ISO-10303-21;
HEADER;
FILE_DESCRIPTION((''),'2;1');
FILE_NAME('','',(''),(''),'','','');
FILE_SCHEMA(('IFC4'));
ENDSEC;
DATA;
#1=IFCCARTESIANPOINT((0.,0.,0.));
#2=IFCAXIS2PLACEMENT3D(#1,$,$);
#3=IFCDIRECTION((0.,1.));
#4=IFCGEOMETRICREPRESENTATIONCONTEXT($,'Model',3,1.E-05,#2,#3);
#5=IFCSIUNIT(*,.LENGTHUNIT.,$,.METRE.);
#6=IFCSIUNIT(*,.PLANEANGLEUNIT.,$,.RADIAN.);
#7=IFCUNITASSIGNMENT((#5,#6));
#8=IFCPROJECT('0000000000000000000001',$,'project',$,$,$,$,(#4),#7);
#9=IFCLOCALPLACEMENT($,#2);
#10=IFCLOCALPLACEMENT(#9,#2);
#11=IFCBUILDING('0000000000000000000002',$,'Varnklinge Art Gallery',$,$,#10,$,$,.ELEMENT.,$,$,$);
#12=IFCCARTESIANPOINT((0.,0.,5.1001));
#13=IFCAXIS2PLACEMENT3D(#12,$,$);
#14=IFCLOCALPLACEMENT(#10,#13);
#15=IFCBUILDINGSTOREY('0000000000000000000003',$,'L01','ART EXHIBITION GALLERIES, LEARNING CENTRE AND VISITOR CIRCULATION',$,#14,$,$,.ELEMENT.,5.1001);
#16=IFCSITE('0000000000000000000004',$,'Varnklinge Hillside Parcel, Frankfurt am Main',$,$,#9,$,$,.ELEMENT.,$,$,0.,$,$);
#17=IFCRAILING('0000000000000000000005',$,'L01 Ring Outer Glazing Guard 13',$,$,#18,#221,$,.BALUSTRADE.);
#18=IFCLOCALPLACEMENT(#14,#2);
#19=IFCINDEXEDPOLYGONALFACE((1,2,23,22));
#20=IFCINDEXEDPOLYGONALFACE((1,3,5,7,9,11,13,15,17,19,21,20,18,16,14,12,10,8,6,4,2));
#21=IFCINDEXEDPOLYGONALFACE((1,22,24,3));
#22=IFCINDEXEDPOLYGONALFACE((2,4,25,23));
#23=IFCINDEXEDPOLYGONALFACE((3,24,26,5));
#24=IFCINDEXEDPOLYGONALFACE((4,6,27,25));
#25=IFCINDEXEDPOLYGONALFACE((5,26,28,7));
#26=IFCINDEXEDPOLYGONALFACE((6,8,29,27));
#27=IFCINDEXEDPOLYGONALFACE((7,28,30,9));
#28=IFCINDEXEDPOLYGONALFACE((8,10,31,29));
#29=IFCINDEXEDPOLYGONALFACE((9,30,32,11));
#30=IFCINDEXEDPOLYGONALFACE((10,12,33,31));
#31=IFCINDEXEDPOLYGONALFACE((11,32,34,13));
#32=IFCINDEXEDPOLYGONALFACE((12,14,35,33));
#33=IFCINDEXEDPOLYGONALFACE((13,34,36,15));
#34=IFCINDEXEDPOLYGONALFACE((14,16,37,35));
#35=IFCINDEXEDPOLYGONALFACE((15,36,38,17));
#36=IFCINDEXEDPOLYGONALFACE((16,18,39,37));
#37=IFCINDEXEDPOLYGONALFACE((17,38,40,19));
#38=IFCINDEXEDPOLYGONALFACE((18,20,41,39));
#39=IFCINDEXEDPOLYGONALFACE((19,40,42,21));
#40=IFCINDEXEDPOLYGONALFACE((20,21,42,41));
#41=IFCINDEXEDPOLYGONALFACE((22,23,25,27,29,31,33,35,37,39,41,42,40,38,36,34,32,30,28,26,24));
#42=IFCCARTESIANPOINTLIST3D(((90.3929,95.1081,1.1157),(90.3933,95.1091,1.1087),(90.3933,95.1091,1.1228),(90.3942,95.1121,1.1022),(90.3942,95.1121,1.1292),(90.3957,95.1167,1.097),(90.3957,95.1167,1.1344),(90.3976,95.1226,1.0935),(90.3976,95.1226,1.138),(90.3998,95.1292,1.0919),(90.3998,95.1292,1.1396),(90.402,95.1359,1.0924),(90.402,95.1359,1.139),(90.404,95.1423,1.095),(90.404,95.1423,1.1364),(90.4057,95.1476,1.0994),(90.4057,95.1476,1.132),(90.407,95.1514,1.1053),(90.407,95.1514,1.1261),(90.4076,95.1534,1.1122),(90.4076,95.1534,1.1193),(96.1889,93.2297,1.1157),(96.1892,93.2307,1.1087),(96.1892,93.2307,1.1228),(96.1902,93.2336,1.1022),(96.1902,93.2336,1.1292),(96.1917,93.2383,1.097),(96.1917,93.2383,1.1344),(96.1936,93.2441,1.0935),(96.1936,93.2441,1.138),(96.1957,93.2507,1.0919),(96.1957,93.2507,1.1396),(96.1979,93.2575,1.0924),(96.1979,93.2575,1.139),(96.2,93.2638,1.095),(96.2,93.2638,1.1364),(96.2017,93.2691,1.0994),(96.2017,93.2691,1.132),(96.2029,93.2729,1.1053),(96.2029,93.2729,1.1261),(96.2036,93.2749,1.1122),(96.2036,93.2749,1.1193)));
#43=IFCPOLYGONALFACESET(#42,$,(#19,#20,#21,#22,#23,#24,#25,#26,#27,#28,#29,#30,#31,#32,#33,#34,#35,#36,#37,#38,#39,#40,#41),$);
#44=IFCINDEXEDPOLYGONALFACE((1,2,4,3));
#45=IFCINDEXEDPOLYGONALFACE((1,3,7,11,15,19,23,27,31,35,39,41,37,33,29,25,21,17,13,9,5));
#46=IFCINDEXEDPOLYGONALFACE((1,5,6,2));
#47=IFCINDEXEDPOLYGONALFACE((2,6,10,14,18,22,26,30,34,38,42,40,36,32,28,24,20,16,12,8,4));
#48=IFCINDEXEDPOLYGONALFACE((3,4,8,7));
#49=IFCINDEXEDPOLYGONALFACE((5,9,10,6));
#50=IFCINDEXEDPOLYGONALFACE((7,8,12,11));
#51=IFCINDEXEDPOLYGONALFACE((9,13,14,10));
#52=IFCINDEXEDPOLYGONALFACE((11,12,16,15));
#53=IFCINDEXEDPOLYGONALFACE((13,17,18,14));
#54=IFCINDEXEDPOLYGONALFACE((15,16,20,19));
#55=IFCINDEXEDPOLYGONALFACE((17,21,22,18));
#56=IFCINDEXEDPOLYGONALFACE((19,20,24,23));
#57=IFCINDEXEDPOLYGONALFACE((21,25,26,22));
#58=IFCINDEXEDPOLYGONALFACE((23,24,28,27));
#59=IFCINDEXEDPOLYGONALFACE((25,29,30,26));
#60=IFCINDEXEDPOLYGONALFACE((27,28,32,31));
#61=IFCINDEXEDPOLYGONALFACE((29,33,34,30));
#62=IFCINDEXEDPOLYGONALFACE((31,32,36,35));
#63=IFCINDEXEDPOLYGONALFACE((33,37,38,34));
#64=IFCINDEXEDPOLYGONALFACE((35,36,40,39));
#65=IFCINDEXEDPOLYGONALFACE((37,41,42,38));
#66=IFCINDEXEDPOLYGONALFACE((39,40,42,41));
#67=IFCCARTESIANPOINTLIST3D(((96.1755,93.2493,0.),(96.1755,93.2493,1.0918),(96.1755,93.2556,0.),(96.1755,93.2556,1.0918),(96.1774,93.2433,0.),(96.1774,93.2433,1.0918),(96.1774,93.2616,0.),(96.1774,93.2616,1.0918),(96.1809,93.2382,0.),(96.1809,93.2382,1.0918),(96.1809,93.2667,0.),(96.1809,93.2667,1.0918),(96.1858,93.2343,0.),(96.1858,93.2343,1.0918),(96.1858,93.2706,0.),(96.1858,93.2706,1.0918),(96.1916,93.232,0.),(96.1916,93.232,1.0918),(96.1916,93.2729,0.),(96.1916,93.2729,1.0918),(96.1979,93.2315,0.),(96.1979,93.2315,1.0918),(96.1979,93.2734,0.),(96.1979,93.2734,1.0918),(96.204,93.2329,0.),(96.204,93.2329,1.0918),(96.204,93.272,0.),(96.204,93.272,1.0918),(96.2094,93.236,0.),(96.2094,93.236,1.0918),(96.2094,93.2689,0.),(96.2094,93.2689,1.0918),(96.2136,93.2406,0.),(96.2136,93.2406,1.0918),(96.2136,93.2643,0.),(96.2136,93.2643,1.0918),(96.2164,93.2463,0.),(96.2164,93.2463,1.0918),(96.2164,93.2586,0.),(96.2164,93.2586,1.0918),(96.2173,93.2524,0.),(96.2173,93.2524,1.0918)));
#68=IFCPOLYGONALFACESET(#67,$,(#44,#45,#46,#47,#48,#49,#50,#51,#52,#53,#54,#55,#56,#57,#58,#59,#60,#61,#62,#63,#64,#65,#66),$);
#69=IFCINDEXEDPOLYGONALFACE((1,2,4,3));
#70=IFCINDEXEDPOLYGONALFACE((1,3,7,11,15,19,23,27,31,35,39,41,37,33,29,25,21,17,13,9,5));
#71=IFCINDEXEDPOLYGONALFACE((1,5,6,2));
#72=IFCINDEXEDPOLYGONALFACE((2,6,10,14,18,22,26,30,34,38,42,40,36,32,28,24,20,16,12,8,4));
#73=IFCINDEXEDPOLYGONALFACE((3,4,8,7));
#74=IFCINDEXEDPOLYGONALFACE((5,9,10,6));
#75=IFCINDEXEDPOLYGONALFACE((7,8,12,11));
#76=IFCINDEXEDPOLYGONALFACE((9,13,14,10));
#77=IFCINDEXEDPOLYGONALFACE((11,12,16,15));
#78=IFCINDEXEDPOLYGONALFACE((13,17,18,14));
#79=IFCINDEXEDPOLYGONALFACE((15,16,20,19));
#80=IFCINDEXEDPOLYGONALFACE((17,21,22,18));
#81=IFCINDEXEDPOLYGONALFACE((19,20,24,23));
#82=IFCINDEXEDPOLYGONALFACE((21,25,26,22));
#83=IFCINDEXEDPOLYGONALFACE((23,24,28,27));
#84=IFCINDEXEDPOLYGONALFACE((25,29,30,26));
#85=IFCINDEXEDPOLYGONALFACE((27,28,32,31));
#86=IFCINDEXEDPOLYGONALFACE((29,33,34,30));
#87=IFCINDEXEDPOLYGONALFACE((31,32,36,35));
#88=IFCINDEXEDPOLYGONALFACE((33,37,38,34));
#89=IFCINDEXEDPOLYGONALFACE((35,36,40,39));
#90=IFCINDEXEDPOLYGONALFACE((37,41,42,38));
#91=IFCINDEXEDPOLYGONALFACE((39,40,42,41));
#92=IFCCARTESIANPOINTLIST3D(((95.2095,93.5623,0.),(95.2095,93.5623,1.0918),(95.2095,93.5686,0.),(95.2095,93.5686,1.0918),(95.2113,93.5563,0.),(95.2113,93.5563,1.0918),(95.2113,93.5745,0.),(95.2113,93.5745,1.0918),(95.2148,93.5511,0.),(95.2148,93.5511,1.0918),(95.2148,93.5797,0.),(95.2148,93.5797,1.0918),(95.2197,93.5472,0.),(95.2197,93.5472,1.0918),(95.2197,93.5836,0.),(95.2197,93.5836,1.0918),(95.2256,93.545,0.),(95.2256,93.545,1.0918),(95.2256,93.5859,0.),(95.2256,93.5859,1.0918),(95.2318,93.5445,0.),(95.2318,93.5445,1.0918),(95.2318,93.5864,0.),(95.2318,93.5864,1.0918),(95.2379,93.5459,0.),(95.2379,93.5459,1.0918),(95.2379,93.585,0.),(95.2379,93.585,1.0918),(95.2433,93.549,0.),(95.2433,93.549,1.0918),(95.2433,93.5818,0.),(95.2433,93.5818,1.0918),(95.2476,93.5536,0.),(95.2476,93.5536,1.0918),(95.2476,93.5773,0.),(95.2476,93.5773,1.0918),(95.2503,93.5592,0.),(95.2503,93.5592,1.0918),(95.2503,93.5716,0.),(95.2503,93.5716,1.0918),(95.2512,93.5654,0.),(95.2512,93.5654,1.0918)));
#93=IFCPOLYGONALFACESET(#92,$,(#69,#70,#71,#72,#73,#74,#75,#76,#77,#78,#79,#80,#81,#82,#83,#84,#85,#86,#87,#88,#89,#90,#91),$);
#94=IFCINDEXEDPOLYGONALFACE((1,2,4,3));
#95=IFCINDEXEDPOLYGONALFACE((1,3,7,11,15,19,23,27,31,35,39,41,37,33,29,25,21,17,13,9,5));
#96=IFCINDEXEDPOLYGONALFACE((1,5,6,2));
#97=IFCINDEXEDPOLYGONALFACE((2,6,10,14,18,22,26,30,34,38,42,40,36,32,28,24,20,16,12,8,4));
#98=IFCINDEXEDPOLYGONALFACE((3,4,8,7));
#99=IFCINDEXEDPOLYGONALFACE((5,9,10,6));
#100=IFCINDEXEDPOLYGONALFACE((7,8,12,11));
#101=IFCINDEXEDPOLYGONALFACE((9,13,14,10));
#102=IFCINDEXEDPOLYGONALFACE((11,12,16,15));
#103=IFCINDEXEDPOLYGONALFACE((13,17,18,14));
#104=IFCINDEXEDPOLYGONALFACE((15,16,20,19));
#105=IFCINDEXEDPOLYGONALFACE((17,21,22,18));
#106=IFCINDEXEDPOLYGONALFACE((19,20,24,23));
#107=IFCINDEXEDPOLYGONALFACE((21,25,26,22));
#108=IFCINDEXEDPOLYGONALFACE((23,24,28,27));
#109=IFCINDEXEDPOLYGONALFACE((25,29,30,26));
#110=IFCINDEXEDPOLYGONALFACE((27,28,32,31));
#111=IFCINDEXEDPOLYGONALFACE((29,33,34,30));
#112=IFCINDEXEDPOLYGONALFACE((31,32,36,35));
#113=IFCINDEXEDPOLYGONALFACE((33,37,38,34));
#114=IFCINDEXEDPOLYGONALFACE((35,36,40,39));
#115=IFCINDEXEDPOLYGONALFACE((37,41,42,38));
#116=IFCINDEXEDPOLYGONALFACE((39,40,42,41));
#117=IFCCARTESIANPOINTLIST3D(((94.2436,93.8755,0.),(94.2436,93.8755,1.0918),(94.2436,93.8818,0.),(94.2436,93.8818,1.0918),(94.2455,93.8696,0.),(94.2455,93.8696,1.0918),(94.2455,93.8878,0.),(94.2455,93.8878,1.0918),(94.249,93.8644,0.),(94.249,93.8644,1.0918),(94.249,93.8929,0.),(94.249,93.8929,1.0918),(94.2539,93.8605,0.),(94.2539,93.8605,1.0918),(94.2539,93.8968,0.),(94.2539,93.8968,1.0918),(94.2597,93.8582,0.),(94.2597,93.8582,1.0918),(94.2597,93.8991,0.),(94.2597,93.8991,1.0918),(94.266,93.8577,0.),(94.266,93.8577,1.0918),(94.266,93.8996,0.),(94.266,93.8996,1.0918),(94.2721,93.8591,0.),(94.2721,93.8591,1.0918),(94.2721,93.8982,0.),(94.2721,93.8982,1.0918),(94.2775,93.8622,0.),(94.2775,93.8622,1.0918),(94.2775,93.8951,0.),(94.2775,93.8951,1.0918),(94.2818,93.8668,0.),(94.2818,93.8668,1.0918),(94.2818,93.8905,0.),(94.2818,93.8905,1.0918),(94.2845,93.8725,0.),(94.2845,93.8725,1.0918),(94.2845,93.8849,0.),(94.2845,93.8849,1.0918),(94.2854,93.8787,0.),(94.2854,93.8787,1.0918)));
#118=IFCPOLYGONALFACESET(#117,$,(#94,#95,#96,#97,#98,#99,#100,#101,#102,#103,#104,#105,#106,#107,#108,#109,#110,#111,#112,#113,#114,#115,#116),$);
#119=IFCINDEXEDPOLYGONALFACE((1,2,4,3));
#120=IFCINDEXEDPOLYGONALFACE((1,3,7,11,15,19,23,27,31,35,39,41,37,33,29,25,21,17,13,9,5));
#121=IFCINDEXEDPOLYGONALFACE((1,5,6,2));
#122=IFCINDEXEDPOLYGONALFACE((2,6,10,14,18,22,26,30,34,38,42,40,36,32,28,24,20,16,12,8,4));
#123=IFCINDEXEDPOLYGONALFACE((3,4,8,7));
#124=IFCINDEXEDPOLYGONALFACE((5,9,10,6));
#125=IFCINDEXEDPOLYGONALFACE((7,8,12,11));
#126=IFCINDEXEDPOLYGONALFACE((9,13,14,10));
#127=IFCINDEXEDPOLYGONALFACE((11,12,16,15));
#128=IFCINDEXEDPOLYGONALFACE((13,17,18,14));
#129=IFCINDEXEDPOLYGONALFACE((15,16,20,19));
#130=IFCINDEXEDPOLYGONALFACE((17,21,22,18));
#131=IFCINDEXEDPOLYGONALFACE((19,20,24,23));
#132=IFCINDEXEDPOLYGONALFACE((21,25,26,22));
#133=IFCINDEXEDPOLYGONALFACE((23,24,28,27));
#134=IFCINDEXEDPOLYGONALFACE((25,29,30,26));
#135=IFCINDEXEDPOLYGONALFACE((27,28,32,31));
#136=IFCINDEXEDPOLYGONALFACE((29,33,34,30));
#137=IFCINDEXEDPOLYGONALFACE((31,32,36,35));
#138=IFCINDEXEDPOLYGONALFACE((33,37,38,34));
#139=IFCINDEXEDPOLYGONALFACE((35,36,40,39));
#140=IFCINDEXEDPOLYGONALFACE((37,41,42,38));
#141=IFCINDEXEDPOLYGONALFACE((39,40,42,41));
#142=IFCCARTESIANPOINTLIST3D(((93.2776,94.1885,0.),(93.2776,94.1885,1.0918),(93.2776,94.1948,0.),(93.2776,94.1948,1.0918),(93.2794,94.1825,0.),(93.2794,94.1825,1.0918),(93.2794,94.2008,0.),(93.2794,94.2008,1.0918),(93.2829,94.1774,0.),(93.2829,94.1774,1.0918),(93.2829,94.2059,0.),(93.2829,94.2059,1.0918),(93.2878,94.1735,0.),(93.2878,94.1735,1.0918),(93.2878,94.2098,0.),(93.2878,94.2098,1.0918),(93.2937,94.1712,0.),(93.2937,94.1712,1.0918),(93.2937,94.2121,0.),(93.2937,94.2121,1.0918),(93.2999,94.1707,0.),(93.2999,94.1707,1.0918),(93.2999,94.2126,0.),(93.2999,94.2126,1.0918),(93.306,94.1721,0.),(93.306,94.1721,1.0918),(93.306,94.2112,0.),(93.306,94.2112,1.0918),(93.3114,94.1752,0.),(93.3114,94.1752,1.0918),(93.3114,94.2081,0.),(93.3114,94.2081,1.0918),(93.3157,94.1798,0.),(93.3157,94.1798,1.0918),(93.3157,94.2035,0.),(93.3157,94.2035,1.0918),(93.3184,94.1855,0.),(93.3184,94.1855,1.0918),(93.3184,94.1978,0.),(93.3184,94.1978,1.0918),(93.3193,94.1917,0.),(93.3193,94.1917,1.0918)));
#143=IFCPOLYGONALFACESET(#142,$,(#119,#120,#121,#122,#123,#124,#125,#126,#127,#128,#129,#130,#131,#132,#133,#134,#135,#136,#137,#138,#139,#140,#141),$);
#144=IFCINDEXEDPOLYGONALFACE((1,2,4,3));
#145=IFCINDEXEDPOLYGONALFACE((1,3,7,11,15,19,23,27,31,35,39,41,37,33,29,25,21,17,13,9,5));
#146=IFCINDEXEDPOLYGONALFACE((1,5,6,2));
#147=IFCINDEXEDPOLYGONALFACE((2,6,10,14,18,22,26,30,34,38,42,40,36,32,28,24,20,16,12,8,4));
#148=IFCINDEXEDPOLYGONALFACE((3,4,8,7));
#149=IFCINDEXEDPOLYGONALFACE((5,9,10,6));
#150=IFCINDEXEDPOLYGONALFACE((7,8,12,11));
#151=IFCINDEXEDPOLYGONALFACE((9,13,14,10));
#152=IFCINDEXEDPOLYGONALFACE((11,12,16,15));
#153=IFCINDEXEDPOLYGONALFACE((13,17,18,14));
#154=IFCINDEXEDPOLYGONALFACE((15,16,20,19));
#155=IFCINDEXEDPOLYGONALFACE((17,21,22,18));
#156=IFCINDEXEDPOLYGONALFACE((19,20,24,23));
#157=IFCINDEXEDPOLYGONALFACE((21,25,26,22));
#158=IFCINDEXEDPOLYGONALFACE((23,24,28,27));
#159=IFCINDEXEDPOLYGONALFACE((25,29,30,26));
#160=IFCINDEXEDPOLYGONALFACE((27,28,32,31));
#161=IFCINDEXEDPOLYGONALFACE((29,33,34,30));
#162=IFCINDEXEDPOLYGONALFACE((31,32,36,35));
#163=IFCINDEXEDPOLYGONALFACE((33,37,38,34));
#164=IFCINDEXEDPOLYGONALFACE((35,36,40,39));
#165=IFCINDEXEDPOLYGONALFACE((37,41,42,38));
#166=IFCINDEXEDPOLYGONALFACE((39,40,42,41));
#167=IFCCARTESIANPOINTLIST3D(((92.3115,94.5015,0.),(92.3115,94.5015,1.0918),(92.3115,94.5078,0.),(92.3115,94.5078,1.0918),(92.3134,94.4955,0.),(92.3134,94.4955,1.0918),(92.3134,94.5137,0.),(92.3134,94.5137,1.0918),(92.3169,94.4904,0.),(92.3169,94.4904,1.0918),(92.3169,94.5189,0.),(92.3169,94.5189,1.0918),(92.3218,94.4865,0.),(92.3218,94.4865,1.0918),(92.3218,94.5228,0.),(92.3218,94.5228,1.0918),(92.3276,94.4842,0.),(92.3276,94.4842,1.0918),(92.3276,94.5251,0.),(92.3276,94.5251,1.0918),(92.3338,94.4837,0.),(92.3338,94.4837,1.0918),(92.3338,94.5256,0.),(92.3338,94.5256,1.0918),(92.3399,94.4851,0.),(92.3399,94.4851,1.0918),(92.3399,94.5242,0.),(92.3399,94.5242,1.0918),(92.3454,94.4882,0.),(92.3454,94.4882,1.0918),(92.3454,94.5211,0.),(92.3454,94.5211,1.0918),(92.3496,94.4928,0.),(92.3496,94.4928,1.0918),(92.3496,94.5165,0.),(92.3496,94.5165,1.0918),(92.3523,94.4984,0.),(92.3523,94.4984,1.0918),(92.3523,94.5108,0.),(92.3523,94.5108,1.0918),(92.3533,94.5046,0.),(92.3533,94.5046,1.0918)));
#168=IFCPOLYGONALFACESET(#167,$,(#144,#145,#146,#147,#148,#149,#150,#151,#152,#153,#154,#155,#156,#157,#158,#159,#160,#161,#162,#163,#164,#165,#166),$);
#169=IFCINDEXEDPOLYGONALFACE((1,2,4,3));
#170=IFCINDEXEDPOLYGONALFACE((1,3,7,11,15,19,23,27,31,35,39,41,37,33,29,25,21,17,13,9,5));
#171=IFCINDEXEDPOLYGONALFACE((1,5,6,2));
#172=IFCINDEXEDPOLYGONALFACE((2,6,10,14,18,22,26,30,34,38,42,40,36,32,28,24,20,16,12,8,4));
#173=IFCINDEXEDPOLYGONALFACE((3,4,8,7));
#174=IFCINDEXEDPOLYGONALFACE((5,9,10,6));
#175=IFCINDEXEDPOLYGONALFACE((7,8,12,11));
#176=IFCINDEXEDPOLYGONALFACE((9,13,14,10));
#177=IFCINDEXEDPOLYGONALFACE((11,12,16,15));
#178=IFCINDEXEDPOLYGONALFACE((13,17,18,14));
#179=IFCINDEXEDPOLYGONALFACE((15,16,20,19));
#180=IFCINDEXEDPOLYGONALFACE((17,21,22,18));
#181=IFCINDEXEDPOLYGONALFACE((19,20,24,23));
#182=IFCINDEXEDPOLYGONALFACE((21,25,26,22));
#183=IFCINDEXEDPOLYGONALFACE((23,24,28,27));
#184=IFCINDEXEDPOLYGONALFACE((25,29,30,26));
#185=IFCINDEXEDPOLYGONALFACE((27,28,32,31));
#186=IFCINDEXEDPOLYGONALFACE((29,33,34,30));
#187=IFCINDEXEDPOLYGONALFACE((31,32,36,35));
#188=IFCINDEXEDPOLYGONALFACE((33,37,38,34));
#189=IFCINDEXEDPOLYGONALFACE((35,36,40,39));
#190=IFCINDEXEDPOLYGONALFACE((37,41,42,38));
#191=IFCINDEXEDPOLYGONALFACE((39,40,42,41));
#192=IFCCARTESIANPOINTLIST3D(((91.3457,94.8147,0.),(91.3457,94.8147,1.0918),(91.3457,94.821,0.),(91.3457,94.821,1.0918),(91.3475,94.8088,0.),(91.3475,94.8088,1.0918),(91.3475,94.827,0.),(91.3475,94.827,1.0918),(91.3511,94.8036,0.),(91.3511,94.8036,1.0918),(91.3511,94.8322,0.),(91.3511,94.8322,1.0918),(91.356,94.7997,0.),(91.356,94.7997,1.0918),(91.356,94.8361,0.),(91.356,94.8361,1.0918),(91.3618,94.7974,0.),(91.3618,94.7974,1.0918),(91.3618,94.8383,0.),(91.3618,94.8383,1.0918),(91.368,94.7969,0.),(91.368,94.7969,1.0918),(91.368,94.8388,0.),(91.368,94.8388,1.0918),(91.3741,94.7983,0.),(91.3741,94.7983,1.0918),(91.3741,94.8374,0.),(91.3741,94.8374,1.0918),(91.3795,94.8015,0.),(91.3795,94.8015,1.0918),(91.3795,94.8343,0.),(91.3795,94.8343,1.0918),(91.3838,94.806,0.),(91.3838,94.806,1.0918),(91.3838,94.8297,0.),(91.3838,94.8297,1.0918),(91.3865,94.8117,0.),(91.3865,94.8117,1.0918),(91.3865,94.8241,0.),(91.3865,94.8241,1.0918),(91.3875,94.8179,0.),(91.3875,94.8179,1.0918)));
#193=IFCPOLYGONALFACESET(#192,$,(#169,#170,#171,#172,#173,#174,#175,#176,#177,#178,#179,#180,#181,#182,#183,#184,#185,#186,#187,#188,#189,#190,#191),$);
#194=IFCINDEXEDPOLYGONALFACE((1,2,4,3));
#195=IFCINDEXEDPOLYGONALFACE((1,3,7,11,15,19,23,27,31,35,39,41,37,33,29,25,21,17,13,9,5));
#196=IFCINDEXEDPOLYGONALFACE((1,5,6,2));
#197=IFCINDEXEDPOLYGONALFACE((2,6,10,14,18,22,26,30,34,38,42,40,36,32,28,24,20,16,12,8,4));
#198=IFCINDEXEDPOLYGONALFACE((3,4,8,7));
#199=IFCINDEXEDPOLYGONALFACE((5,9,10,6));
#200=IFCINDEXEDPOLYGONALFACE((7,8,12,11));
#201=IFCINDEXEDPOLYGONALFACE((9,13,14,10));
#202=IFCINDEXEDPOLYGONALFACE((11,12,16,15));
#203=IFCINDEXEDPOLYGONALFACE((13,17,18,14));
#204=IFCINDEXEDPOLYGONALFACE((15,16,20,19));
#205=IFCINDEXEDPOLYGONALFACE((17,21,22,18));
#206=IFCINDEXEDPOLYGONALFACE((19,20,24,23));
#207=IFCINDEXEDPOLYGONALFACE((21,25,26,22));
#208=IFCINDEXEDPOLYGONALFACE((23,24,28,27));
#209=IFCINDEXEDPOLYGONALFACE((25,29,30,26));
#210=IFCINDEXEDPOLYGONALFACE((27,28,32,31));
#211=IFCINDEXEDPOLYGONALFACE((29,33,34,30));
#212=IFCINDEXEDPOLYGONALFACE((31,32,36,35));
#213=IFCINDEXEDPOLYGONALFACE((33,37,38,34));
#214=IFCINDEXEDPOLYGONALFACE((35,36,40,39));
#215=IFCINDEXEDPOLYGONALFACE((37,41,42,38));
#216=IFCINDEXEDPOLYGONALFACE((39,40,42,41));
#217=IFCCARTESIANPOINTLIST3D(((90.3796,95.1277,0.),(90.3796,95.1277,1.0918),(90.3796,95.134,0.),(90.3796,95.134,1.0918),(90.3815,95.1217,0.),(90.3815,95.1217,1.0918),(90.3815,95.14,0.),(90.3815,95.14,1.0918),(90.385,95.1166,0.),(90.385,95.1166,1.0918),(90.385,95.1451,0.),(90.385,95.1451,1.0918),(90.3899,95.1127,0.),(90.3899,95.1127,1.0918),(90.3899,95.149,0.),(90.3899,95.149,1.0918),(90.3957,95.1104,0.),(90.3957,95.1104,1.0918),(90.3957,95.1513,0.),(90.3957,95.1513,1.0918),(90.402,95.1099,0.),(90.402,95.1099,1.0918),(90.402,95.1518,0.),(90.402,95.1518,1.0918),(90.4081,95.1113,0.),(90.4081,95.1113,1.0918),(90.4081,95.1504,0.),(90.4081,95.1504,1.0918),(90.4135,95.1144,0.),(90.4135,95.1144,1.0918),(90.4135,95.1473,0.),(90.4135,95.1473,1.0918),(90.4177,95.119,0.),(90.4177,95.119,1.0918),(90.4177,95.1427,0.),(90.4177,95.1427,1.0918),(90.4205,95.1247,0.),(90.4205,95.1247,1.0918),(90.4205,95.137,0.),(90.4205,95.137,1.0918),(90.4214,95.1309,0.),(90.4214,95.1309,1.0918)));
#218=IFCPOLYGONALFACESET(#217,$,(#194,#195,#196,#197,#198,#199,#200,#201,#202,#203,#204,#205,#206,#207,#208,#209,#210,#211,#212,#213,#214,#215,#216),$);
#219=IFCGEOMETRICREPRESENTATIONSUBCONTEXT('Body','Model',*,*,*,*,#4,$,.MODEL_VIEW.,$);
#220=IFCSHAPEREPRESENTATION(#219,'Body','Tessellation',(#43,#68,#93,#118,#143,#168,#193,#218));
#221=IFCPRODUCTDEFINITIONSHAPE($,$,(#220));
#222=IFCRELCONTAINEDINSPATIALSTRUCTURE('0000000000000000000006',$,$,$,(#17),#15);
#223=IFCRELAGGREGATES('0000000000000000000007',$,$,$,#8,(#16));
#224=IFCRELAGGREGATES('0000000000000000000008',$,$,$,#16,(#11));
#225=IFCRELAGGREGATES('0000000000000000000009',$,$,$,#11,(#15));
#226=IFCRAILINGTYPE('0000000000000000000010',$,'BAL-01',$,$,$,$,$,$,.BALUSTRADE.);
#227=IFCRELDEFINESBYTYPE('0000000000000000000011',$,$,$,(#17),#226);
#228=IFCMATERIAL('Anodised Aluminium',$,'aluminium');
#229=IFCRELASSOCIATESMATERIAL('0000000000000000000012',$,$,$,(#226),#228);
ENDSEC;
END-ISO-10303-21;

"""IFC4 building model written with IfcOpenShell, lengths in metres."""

from ifc_helpers import new_model, si_unit, direction, frame, origin, origin_2d, place, context, subcontext, project, spatial, circle, extrude, material, type_object, element, save


model = new_model("IFC4")

# Units and contexts
model_context = context("Model", 3, precision=1e-05, world=origin(), true_north=direction((0.0, 1.0)))
body_context = subcontext(model_context, "Body", "Model", "MODEL_VIEW")
ifc_project = project(units=[si_unit("LENGTHUNIT", "METRE"), si_unit("PLANEANGLEUNIT", "RADIAN")], contexts=[model_context])

# Site, building, storey
site_placement = place(None, origin())
site = spatial("IfcSite", under=ifc_project, at=site_placement, Name="Varnklinge Hillside Parcel, Frankfurt am Main", CompositionType="ELEMENT", RefElevation=0.0)
building_placement = place(site_placement, origin())
building = spatial("IfcBuilding", under=site, at=building_placement, Name="Varnklinge Art Gallery", CompositionType="ELEMENT")
storey_placement = place(building_placement, frame((0.0, 0.0, 5.1001)))
storey = spatial("IfcBuildingStorey", under=building, at=storey_placement, Name="L01", Description="ART EXHIBITION GALLERIES, LEARNING CENTRE AND VISITOR CIRCULATION", CompositionType="ELEMENT", Elevation=5.1001)

# Railing
ifc_material_1 = material(Name="Anodised Aluminium", Category="aluminium")
railing_type = type_object("IfcRailingType", Name="BAL-01", PredefinedType="BALUSTRADE", material=ifc_material_1)
railing_placement = place(storey_placement, frame((96.1963, 93.2524, 0.0)))
element("IfcRailing", 1, at=railing_placement, inside=storey, type_object=railing_type, Name="L01 Ring Outer Glazing Guard 13", PredefinedType="BALUSTRADE", context=body_context, shape_type="SweptSolid", body=[
    extrude(circle(Radius=0.0239, at=origin_2d()), frame((0.0, 0.0, 1.1157), z_axis=(-0.951287, 0.308307, 0.0), x_axis=(-0.308307, -0.951287, 0.0)), (0.0, 0.0, 1.0), 6.0928),
    extrude(circle(Radius=0.021, at=origin_2d()), origin(), (0.0, 0.0, 1.0), 1.0918),
    extrude(circle(Radius=0.021, at=origin_2d()), frame((-0.9661, 0.313, 0.0)), (0.0, 0.0, 1.0), 1.0918),
    extrude(circle(Radius=0.021, at=origin_2d()), frame((-1.9319, 0.6262, 0.0)), (0.0, 0.0, 1.0), 1.0918),
    extrude(circle(Radius=0.021, at=origin_2d()), frame((-2.8979, 0.9392, 0.0)), (0.0, 0.0, 1.0), 1.0918),
    extrude(circle(Radius=0.021, at=origin_2d()), frame((-3.864, 1.2522, 0.0)), (0.0, 0.0, 1.0), 1.0918),
    extrude(circle(Radius=0.021, at=origin_2d()), frame((-4.8298, 1.5654, 0.0)), (0.0, 0.0, 1.0), 1.0918),
    extrude(circle(Radius=0.021, at=origin_2d()), frame((-5.7959, 1.8784, 0.0)), (0.0, 0.0, 1.0), 1.0918),
])

save(model, "model.ifc")
